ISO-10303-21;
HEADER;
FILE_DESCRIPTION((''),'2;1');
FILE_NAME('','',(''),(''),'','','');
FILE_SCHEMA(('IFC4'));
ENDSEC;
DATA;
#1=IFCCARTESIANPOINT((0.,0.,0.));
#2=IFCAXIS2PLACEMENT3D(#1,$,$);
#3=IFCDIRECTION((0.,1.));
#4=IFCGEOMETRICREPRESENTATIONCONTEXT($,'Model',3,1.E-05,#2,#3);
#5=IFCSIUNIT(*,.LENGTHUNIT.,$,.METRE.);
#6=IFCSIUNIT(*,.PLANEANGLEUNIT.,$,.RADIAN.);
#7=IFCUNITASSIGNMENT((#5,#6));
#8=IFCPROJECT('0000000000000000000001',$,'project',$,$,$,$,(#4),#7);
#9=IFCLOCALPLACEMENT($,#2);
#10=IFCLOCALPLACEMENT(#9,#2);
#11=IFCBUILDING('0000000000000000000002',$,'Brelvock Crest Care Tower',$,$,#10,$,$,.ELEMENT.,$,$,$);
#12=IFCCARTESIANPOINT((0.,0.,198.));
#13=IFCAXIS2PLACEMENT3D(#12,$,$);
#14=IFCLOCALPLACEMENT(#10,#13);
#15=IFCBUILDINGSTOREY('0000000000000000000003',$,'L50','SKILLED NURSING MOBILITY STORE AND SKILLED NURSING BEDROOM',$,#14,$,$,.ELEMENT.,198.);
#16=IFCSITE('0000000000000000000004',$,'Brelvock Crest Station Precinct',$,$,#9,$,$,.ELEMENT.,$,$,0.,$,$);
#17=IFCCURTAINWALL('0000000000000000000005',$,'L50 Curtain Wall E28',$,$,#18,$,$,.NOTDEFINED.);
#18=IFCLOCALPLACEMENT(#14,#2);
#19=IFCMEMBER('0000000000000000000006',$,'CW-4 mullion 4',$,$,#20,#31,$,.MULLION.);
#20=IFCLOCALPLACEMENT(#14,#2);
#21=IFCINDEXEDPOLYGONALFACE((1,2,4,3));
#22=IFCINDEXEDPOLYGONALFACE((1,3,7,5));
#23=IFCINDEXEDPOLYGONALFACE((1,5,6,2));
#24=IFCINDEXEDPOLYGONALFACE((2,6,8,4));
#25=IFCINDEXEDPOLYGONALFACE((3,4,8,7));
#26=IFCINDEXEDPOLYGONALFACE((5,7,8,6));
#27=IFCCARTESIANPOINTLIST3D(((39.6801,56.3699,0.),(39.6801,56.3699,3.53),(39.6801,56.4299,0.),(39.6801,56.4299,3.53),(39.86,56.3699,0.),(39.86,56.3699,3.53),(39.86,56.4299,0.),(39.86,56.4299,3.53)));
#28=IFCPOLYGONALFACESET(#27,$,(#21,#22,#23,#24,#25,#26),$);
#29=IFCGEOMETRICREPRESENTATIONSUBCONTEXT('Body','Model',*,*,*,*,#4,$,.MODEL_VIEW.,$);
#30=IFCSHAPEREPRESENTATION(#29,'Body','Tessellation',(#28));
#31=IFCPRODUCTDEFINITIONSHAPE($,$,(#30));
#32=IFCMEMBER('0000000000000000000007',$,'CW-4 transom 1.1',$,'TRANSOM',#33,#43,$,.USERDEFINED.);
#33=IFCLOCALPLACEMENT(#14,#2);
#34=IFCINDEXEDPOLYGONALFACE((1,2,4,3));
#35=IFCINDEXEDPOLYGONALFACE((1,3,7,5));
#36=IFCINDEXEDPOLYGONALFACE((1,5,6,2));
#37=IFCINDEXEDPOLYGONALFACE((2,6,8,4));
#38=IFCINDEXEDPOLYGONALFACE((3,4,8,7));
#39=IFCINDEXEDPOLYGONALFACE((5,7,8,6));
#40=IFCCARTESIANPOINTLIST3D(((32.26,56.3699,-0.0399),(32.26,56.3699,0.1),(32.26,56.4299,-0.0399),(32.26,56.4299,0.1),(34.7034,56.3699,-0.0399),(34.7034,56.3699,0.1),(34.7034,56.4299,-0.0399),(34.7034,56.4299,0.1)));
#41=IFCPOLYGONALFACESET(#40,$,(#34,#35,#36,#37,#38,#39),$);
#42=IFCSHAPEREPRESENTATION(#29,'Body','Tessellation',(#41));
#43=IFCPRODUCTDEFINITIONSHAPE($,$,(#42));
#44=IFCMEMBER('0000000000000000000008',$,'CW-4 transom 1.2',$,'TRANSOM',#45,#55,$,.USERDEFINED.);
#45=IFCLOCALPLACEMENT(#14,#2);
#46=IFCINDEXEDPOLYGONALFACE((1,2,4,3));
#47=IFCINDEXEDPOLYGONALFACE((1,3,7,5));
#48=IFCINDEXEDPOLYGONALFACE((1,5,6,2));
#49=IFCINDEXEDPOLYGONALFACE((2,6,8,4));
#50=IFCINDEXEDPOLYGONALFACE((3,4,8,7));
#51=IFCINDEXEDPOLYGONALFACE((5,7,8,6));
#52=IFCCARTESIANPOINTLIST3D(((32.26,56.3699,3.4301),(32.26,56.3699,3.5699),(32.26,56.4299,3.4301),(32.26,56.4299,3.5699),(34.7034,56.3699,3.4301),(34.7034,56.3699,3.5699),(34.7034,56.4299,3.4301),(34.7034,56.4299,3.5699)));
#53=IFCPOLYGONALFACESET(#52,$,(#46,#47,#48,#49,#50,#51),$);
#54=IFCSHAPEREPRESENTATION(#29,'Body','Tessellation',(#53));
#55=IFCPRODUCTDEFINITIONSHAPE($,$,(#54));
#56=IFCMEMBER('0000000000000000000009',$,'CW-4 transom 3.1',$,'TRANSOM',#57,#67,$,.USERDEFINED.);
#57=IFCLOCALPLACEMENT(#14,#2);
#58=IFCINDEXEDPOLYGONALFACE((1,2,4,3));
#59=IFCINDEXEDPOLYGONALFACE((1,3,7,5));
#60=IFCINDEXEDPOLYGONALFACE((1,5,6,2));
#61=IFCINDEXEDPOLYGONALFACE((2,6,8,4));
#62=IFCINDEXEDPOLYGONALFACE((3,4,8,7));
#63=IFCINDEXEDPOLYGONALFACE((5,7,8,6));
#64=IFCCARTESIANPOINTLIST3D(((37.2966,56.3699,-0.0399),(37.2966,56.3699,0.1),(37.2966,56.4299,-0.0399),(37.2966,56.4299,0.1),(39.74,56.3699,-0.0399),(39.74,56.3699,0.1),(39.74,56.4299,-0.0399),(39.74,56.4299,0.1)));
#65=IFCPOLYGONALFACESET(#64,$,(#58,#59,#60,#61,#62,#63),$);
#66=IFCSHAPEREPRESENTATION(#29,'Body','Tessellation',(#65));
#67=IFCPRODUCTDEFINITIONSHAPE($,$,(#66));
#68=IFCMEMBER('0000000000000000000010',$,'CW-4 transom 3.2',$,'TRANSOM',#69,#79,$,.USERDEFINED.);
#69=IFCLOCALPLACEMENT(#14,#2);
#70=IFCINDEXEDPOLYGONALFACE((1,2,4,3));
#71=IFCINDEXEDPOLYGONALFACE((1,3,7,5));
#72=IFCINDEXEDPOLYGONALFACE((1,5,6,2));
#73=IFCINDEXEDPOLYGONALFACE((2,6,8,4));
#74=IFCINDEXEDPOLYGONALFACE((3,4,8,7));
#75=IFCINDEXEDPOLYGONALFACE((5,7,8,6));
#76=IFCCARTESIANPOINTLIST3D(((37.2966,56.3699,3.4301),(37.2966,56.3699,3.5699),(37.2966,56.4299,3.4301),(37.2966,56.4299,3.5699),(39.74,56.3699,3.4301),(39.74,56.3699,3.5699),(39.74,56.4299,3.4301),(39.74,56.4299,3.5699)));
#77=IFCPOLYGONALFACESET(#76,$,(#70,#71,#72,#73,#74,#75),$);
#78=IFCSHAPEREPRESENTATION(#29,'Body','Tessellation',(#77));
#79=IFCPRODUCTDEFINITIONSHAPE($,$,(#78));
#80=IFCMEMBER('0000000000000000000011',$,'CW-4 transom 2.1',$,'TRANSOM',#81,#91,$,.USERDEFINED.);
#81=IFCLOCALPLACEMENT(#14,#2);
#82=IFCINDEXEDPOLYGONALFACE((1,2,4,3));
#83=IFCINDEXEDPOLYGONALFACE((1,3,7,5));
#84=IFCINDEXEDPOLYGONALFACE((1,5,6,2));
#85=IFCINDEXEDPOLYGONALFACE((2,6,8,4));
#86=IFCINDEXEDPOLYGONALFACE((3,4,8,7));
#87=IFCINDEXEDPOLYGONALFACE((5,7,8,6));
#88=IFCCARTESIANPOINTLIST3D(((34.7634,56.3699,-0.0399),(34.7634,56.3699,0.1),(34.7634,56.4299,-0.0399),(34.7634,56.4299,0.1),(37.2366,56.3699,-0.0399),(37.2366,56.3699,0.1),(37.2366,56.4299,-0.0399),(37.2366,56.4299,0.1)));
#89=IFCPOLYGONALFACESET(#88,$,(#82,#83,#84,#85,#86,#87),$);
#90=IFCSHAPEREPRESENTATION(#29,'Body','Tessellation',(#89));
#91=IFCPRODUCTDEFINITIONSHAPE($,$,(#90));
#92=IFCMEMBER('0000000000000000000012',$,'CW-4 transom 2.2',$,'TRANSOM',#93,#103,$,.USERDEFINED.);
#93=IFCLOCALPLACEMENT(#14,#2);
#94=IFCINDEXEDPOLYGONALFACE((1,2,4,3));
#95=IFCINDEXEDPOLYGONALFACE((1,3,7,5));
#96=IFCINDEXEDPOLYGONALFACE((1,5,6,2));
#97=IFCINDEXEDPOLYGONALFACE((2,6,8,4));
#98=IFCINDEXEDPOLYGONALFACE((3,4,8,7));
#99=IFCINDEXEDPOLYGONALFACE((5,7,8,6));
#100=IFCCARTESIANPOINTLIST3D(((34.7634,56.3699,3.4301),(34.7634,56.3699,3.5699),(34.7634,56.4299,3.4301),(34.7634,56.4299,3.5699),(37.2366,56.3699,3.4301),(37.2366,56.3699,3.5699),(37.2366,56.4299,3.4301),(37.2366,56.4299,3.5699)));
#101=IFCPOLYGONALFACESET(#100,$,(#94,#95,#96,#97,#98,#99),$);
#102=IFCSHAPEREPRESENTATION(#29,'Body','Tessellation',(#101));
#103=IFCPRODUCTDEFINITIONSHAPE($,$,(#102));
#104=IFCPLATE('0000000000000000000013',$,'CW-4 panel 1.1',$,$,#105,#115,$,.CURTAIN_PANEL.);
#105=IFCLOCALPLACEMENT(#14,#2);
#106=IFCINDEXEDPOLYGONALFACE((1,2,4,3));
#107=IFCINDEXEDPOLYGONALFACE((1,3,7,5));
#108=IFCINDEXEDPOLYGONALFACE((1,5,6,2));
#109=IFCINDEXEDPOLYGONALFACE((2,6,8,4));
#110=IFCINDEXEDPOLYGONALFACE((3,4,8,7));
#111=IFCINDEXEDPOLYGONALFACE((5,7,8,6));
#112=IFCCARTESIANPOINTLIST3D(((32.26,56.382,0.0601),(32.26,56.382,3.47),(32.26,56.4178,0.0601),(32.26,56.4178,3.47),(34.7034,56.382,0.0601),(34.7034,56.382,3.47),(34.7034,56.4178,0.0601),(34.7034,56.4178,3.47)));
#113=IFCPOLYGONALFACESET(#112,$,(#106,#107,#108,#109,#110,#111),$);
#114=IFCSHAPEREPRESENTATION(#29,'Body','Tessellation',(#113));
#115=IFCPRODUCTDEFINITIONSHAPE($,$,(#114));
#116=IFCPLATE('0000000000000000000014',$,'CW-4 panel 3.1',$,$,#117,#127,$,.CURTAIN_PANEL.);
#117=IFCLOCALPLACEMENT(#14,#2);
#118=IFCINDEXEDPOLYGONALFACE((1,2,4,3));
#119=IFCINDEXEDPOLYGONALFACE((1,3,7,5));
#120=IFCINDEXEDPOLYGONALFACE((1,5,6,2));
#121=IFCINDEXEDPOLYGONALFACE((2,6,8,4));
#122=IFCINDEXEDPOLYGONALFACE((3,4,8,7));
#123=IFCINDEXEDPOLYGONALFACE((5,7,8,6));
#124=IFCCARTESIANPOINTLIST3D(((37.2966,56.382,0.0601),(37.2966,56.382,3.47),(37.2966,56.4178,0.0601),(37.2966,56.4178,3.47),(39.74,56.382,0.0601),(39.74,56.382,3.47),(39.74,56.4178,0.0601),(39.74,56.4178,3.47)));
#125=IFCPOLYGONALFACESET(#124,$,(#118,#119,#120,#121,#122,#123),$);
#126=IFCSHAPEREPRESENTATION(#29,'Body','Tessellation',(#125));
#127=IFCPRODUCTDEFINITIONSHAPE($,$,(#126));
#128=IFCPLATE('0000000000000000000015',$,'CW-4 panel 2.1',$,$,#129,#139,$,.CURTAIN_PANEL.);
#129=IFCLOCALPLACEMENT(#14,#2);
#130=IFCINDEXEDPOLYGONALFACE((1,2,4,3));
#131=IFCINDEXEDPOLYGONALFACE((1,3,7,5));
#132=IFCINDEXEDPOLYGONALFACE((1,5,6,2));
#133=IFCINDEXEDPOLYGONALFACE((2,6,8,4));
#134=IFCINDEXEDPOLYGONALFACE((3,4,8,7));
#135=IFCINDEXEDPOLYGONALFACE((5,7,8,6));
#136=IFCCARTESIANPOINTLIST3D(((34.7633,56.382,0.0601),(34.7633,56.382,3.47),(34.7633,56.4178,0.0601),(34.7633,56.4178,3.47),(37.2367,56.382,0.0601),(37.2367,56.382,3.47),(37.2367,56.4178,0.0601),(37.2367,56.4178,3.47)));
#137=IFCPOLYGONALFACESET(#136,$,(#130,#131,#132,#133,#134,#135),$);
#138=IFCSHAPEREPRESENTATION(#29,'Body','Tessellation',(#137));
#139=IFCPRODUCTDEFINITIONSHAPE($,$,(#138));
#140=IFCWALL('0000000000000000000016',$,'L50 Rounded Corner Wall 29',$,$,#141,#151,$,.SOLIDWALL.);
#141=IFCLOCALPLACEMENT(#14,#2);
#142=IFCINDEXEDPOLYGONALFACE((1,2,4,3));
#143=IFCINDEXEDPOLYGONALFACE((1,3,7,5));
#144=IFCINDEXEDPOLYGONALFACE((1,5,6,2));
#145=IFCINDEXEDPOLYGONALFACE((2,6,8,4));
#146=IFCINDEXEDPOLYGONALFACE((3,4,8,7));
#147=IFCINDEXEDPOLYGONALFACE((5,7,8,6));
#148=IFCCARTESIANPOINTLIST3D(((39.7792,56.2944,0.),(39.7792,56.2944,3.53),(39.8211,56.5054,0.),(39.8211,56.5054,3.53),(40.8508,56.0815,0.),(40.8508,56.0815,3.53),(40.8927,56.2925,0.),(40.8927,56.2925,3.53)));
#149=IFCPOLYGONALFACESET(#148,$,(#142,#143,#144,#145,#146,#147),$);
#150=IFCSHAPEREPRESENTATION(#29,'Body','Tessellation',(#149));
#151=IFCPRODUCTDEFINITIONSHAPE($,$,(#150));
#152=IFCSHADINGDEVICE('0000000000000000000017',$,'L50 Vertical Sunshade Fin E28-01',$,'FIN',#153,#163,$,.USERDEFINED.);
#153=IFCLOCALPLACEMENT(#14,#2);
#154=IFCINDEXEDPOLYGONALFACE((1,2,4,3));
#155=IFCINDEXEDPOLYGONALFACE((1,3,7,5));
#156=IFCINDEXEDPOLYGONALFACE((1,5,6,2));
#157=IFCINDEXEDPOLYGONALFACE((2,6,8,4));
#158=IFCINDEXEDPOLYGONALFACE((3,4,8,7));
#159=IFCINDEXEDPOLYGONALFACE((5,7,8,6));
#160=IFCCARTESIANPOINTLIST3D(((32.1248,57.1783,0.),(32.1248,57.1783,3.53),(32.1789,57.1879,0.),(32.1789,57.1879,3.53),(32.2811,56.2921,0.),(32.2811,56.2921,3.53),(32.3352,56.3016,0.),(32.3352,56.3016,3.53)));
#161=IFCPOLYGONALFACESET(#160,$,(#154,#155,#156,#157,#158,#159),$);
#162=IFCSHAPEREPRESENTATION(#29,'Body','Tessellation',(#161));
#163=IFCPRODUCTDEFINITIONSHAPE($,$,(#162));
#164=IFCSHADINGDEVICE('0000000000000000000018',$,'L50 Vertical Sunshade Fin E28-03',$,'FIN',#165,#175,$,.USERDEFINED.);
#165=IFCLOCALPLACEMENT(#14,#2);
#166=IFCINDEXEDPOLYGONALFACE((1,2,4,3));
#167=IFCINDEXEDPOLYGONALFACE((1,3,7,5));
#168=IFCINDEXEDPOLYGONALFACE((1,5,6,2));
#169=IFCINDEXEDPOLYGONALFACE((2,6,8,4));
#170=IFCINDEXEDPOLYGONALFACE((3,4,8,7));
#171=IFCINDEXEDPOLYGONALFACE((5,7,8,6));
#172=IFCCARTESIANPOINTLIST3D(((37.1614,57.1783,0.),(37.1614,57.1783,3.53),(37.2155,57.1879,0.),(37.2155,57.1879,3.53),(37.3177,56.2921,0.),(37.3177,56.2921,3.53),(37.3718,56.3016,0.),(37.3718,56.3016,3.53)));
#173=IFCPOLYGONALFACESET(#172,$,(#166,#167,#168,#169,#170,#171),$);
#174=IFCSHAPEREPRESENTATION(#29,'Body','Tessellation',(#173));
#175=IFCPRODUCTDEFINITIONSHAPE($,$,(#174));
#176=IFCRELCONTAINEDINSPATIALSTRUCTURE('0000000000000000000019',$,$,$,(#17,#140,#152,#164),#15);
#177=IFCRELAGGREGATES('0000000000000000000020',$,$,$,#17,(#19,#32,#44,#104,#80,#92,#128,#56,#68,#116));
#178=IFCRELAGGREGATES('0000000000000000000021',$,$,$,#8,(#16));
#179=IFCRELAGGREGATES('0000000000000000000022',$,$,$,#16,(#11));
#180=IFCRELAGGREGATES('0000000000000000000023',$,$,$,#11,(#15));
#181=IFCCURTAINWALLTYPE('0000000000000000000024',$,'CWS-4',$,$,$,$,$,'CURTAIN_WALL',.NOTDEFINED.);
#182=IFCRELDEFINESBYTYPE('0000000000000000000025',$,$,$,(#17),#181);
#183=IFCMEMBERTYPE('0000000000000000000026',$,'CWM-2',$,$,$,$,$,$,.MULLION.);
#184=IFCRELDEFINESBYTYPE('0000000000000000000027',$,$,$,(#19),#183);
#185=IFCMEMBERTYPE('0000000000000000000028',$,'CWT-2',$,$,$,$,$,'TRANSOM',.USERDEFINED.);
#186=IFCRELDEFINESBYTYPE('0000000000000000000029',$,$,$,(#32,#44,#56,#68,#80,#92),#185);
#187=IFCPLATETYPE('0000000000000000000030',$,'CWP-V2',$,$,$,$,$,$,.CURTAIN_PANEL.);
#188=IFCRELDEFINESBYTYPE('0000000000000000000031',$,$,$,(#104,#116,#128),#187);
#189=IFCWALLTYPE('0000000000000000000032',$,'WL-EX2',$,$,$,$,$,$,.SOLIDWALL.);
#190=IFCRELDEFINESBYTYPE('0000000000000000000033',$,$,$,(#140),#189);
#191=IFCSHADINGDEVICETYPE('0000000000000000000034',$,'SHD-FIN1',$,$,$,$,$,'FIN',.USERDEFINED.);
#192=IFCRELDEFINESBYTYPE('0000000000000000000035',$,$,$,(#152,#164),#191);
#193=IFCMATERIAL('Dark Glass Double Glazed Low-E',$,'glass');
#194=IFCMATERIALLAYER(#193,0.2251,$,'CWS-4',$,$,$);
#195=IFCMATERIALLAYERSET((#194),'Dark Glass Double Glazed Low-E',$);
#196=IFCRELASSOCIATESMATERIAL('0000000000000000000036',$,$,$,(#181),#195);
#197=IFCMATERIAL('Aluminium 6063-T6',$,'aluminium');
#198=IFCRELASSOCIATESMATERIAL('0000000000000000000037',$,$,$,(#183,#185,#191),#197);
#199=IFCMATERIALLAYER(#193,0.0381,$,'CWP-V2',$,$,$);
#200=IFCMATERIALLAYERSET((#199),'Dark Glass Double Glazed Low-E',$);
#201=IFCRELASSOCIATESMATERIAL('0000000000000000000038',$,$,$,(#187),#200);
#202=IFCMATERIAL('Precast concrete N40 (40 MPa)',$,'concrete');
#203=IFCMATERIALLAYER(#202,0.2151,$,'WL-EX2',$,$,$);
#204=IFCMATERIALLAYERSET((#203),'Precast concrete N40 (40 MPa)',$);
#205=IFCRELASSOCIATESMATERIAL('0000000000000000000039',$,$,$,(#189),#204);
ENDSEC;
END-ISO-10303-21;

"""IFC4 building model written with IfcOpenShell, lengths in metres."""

from ifc_helpers import new_model, si_unit, direction, frame, frame_2d, origin, origin_2d, place, context, subcontext, project, spatial, rectangle, extrude, source, transform, mapped, material, layer, layer_set, material_profile, profile_set, type_object, element, aggregate, save


model = new_model("IFC4")

# Units and contexts
model_context = context("Model", 3, precision=1e-05, world=origin(), true_north=direction((0.0, 1.0)))
body_context = subcontext(model_context, "Body", "Model", "MODEL_VIEW")
ifc_project = project(units=[si_unit("LENGTHUNIT", "METRE"), si_unit("PLANEANGLEUNIT", "RADIAN")], contexts=[model_context])

# Site, building, storey
site_placement = place(None, origin())
site = spatial("IfcSite", under=ifc_project, at=site_placement, Name="Brelvock Crest Station Precinct", CompositionType="ELEMENT", RefElevation=0.0)
building_placement = place(site_placement, origin())
building = spatial("IfcBuilding", under=site, at=building_placement, Name="Brelvock Crest Care Tower", CompositionType="ELEMENT")
storey_placement = place(building_placement, frame((0.0, 0.0, 198.0)))
storey = spatial("IfcBuildingStorey", under=building, at=storey_placement, Name="L50", Description="SKILLED NURSING MOBILITY STORE AND SKILLED NURSING BEDROOM", CompositionType="ELEMENT", Elevation=198.0)

# Curtain wall, members, plates
ifc_material_1 = material(Name="Dark Glass Double Glazed Low-E", Category="glass")
ifc_layer_1 = layer(ifc_material_1, 0.2251, Name="CWS-4")
ifc_layer_set_1 = layer_set([ifc_layer_1], Name="Dark Glass Double Glazed Low-E")
curtain_wall_type = type_object("IfcCurtainWallType", Name="CWS-4", ElementType="CURTAIN_WALL", PredefinedType="NOTDEFINED", material=ifc_layer_set_1)
curtain_wall_placement = place(storey_placement, origin())
curtain_wall = element("IfcCurtainWall", 1, at=curtain_wall_placement, inside=storey, type_object=curtain_wall_type, Name="L50 Curtain Wall E28", PredefinedType="NOTDEFINED")
ifc_material_2 = material(Name="Aluminium 6063-T6", Category="aluminium")
ifc_material_profile_1 = material_profile(ifc_material_2, rectangle(XDim=0.0601, YDim=0.1799, at=origin_2d()), Name="ALU60x180")
ifc_profile_set_1 = profile_set([ifc_material_profile_1], Name="Aluminium 6063-T6")
member_type_1 = type_object("IfcMemberType", Name="CWM-2", PredefinedType="MULLION", material=ifc_profile_set_1)
shared_shape_1 = source(origin(), body_context, "Body", "SweptSolid", [
    extrude(rectangle(XDim=0.0601, YDim=0.1799, at=origin_2d()), origin(), (0.0, 0.0, 1.0), 3.53),
])
member_1_placement = place(storey_placement, frame((39.77, 56.3999, 0.0), z_axis=(0.0, 0.0, 1.0), x_axis=(0.0, 1.0, 0.0)))
member_1 = element("IfcMember", 2, at=member_1_placement, type_object=member_type_1, Name="CW-4 mullion 4", PredefinedType="MULLION", context=body_context, shape_type="MappedRepresentation", body=[
    mapped(shared_shape_1, transform((0.0, 0.0, 0.0), x_axis=(1.0, 0.0, 0.0), y_axis=(0.0, 1.0, 0.0), z_axis=(0.0, 0.0, 1.0), scale=1.0)),
])
ifc_material_profile_2 = material_profile(ifc_material_2, rectangle(XDim=0.0601, YDim=0.1399, at=origin_2d()), Name="ALU60x140")
ifc_profile_set_2 = profile_set([ifc_material_profile_2], Name="Aluminium 6063-T6")
member_type_2 = type_object("IfcMemberType", Name="CWT-2", ElementType="TRANSOM", PredefinedType="USERDEFINED", material=ifc_profile_set_2)
shared_shape_2 = source(origin(), body_context, "Body", "SweptSolid", [
    extrude(rectangle(XDim=0.0601, YDim=0.1399, at=origin_2d()), origin(), (0.0, 0.0, 1.0), 2.4434),
])
member_2_placement = place(storey_placement, frame((32.26, 56.3999, 0.03), z_axis=(1.0, 0.0, 0.0), x_axis=(0.0, 1.0, 0.0)))
member_2 = element("IfcMember", 3, at=member_2_placement, type_object=member_type_2, Name="CW-4 transom 1.1", ObjectType="TRANSOM", PredefinedType="USERDEFINED", context=body_context, shape_type="MappedRepresentation", body=[
    mapped(shared_shape_2, transform((0.0, 0.0, 0.0), x_axis=(1.0, 0.0, 0.0), y_axis=(0.0, 1.0, 0.0), z_axis=(0.0, 0.0, 1.0), scale=1.0)),
])
member_3_placement = place(storey_placement, frame((32.26, 56.3999, 3.5), z_axis=(1.0, 0.0, 0.0), x_axis=(0.0, 1.0, 0.0)))
member_3 = element("IfcMember", 4, at=member_3_placement, type_object=member_type_2, Name="CW-4 transom 1.2", ObjectType="TRANSOM", PredefinedType="USERDEFINED", context=body_context, shape_type="MappedRepresentation", body=[
    mapped(shared_shape_2, transform((0.0, 0.0, 0.0), x_axis=(1.0, 0.0, 0.0), y_axis=(0.0, 1.0, 0.0), z_axis=(0.0, 0.0, 1.0), scale=1.0)),
])
member_4_placement = place(storey_placement, frame((37.2966, 56.3999, 0.03), z_axis=(1.0, 0.0, 0.0), x_axis=(0.0, 1.0, 0.0)))
member_4 = element("IfcMember", 5, at=member_4_placement, type_object=member_type_2, Name="CW-4 transom 3.1", ObjectType="TRANSOM", PredefinedType="USERDEFINED", context=body_context, shape_type="MappedRepresentation", body=[
    mapped(shared_shape_2, transform((0.0, 0.0, 0.0), x_axis=(1.0, 0.0, 0.0), y_axis=(0.0, 1.0, 0.0), z_axis=(0.0, 0.0, 1.0), scale=1.0)),
])
member_5_placement = place(storey_placement, frame((37.2966, 56.3999, 3.5), z_axis=(1.0, 0.0, 0.0), x_axis=(0.0, 1.0, 0.0)))
member_5 = element("IfcMember", 6, at=member_5_placement, type_object=member_type_2, Name="CW-4 transom 3.2", ObjectType="TRANSOM", PredefinedType="USERDEFINED", context=body_context, shape_type="MappedRepresentation", body=[
    mapped(shared_shape_2, transform((0.0, 0.0, 0.0), x_axis=(1.0, 0.0, 0.0), y_axis=(0.0, 1.0, 0.0), z_axis=(0.0, 0.0, 1.0), scale=1.0)),
])
shared_shape_3 = source(origin(), body_context, "Body", "SweptSolid", [
    extrude(rectangle(XDim=0.0601, YDim=0.1399, at=origin_2d()), origin(), (0.0, 0.0, 1.0), 2.4731),
])
member_6_placement = place(storey_placement, frame((34.7634, 56.3999, 0.03), z_axis=(1.0, 0.0, 0.0), x_axis=(0.0, 1.0, 0.0)))
member_6 = element("IfcMember", 7, at=member_6_placement, type_object=member_type_2, Name="CW-4 transom 2.1", ObjectType="TRANSOM", PredefinedType="USERDEFINED", context=body_context, shape_type="MappedRepresentation", body=[
    mapped(shared_shape_3, transform((0.0, 0.0, 0.0), x_axis=(1.0, 0.0, 0.0), y_axis=(0.0, 1.0, 0.0), z_axis=(0.0, 0.0, 1.0), scale=1.0)),
])
member_7_placement = place(storey_placement, frame((34.7634, 56.3999, 3.5), z_axis=(1.0, 0.0, 0.0), x_axis=(0.0, 1.0, 0.0)))
member_7 = element("IfcMember", 8, at=member_7_placement, type_object=member_type_2, Name="CW-4 transom 2.2", ObjectType="TRANSOM", PredefinedType="USERDEFINED", context=body_context, shape_type="MappedRepresentation", body=[
    mapped(shared_shape_3, transform((0.0, 0.0, 0.0), x_axis=(1.0, 0.0, 0.0), y_axis=(0.0, 1.0, 0.0), z_axis=(0.0, 0.0, 1.0), scale=1.0)),
])
ifc_layer_2 = layer(ifc_material_1, 0.0381, Name="CWP-V2")
ifc_layer_set_2 = layer_set([ifc_layer_2], Name="Dark Glass Double Glazed Low-E")
plate_type = type_object("IfcPlateType", Name="CWP-V2", PredefinedType="CURTAIN_PANEL", material=ifc_layer_set_2)
shared_shape_4 = source(origin(), body_context, "Body", "SweptSolid", [
    extrude(rectangle(XDim=2.4434, YDim=0.0359, at=origin_2d()), origin(), (0.0, 0.0, 1.0), 3.4099),
])
plate_1_placement = place(storey_placement, frame((33.4817, 56.3999, 0.0601), z_axis=(0.0, 0.0, 1.0), x_axis=(1.0, 0.0, 0.0)))
plate_1 = element("IfcPlate", 9, at=plate_1_placement, type_object=plate_type, Name="CW-4 panel 1.1", PredefinedType="CURTAIN_PANEL", context=body_context, shape_type="MappedRepresentation", body=[
    mapped(shared_shape_4, transform((0.0, 0.0, 0.0), x_axis=(1.0, 0.0, 0.0), y_axis=(0.0, 1.0, 0.0), z_axis=(0.0, 0.0, 1.0), scale=1.0)),
])
plate_2_placement = place(storey_placement, frame((38.5183, 56.3999, 0.0601), z_axis=(0.0, 0.0, 1.0), x_axis=(1.0, 0.0, 0.0)))
plate_2 = element("IfcPlate", 10, at=plate_2_placement, type_object=plate_type, Name="CW-4 panel 3.1", PredefinedType="CURTAIN_PANEL", context=body_context, shape_type="MappedRepresentation", body=[
    mapped(shared_shape_4, transform((0.0, 0.0, 0.0), x_axis=(1.0, 0.0, 0.0), y_axis=(0.0, 1.0, 0.0), z_axis=(0.0, 0.0, 1.0), scale=1.0)),
])
shared_shape_5 = source(origin(), body_context, "Body", "SweptSolid", [
    extrude(rectangle(XDim=2.4734, YDim=0.0359, at=origin_2d()), origin(), (0.0, 0.0, 1.0), 3.4099),
])
plate_3_placement = place(storey_placement, frame((36.0, 56.3999, 0.0601), z_axis=(0.0, 0.0, 1.0), x_axis=(1.0, 0.0, 0.0)))
plate_3 = element("IfcPlate", 11, at=plate_3_placement, type_object=plate_type, Name="CW-4 panel 2.1", PredefinedType="CURTAIN_PANEL", context=body_context, shape_type="MappedRepresentation", body=[
    mapped(shared_shape_5, transform((0.0, 0.0, 0.0), x_axis=(1.0, 0.0, 0.0), y_axis=(0.0, 1.0, 0.0), z_axis=(0.0, 0.0, 1.0), scale=1.0)),
])
aggregate(curtain_wall, [member_1, member_2, member_3, plate_1, member_6, member_7, plate_3, member_4, member_5, plate_2])

# Wall
ifc_material_3 = material(Name="Precast concrete N40 (40 MPa)", Category="concrete")
ifc_layer_3 = layer(ifc_material_3, 0.2151, Name="WL-EX2")
ifc_layer_set_3 = layer_set([ifc_layer_3], Name="Precast concrete N40 (40 MPa)")
wall_type = type_object("IfcWallType", Name="WL-EX2", PredefinedType="SOLIDWALL", material=ifc_layer_set_3)
wall_placement = place(storey_placement, frame((39.8, 56.3999, 0.0), z_axis=(0.0, 0.0, 1.0), x_axis=(0.980829, -0.19487, 0.0)))
element("IfcWall", 12, at=wall_placement, inside=storey, type_object=wall_type, Name="L50 Rounded Corner Wall 29", PredefinedType="SOLIDWALL", context=body_context, shape_type="SweptSolid", body=[
    extrude(rectangle(XDim=1.0925, YDim=0.2151, at=frame_2d((0.5464, 0.0))), origin(), (0.0, 0.0, 1.0), 3.53),
])

# Shading devices
ifc_material_profile_3 = material_profile(ifc_material_2, rectangle(XDim=0.0549, YDim=0.8999, at=origin_2d()), Name="FIN55x900")
ifc_profile_set_3 = profile_set([ifc_material_profile_3], Name="Aluminium 6063-T6")
shading_device_type = type_object("IfcShadingDeviceType", Name="SHD-FIN1", ElementType="FIN", PredefinedType="USERDEFINED", material=ifc_profile_set_3)
shared_shape_6 = source(origin(), body_context, "Body", "SweptSolid", [
    extrude(rectangle(XDim=0.0549, YDim=0.8999, at=origin_2d()), origin(), (0.0, 0.0, 1.0), 3.53),
])
for number, where, z_axis, x_axis, name in (
    (13, (32.23, 56.74, 0.0), (0.0, 0.0, 1.0), (0.984808, 0.173648, 0.0), "L50 Vertical Sunshade Fin E28-01"),
    (14, (37.2666, 56.74, 0.0), (0.0, 0.0, 1.0), (0.984808, 0.173648, 0.0), "L50 Vertical Sunshade Fin E28-03"),
):
    element("IfcShadingDevice", number, at=place(storey_placement, frame(where, z_axis=z_axis, x_axis=x_axis)), inside=storey, type_object=shading_device_type, Name=name, ObjectType="FIN", PredefinedType="USERDEFINED", context=body_context, shape_type="MappedRepresentation", body=[
        mapped(shared_shape_6, transform((0.0, 0.0, 0.0), x_axis=(1.0, 0.0, 0.0), y_axis=(0.0, 1.0, 0.0), z_axis=(0.0, 0.0, 1.0), scale=1.0)),
    ])

save(model, "model.ifc")
